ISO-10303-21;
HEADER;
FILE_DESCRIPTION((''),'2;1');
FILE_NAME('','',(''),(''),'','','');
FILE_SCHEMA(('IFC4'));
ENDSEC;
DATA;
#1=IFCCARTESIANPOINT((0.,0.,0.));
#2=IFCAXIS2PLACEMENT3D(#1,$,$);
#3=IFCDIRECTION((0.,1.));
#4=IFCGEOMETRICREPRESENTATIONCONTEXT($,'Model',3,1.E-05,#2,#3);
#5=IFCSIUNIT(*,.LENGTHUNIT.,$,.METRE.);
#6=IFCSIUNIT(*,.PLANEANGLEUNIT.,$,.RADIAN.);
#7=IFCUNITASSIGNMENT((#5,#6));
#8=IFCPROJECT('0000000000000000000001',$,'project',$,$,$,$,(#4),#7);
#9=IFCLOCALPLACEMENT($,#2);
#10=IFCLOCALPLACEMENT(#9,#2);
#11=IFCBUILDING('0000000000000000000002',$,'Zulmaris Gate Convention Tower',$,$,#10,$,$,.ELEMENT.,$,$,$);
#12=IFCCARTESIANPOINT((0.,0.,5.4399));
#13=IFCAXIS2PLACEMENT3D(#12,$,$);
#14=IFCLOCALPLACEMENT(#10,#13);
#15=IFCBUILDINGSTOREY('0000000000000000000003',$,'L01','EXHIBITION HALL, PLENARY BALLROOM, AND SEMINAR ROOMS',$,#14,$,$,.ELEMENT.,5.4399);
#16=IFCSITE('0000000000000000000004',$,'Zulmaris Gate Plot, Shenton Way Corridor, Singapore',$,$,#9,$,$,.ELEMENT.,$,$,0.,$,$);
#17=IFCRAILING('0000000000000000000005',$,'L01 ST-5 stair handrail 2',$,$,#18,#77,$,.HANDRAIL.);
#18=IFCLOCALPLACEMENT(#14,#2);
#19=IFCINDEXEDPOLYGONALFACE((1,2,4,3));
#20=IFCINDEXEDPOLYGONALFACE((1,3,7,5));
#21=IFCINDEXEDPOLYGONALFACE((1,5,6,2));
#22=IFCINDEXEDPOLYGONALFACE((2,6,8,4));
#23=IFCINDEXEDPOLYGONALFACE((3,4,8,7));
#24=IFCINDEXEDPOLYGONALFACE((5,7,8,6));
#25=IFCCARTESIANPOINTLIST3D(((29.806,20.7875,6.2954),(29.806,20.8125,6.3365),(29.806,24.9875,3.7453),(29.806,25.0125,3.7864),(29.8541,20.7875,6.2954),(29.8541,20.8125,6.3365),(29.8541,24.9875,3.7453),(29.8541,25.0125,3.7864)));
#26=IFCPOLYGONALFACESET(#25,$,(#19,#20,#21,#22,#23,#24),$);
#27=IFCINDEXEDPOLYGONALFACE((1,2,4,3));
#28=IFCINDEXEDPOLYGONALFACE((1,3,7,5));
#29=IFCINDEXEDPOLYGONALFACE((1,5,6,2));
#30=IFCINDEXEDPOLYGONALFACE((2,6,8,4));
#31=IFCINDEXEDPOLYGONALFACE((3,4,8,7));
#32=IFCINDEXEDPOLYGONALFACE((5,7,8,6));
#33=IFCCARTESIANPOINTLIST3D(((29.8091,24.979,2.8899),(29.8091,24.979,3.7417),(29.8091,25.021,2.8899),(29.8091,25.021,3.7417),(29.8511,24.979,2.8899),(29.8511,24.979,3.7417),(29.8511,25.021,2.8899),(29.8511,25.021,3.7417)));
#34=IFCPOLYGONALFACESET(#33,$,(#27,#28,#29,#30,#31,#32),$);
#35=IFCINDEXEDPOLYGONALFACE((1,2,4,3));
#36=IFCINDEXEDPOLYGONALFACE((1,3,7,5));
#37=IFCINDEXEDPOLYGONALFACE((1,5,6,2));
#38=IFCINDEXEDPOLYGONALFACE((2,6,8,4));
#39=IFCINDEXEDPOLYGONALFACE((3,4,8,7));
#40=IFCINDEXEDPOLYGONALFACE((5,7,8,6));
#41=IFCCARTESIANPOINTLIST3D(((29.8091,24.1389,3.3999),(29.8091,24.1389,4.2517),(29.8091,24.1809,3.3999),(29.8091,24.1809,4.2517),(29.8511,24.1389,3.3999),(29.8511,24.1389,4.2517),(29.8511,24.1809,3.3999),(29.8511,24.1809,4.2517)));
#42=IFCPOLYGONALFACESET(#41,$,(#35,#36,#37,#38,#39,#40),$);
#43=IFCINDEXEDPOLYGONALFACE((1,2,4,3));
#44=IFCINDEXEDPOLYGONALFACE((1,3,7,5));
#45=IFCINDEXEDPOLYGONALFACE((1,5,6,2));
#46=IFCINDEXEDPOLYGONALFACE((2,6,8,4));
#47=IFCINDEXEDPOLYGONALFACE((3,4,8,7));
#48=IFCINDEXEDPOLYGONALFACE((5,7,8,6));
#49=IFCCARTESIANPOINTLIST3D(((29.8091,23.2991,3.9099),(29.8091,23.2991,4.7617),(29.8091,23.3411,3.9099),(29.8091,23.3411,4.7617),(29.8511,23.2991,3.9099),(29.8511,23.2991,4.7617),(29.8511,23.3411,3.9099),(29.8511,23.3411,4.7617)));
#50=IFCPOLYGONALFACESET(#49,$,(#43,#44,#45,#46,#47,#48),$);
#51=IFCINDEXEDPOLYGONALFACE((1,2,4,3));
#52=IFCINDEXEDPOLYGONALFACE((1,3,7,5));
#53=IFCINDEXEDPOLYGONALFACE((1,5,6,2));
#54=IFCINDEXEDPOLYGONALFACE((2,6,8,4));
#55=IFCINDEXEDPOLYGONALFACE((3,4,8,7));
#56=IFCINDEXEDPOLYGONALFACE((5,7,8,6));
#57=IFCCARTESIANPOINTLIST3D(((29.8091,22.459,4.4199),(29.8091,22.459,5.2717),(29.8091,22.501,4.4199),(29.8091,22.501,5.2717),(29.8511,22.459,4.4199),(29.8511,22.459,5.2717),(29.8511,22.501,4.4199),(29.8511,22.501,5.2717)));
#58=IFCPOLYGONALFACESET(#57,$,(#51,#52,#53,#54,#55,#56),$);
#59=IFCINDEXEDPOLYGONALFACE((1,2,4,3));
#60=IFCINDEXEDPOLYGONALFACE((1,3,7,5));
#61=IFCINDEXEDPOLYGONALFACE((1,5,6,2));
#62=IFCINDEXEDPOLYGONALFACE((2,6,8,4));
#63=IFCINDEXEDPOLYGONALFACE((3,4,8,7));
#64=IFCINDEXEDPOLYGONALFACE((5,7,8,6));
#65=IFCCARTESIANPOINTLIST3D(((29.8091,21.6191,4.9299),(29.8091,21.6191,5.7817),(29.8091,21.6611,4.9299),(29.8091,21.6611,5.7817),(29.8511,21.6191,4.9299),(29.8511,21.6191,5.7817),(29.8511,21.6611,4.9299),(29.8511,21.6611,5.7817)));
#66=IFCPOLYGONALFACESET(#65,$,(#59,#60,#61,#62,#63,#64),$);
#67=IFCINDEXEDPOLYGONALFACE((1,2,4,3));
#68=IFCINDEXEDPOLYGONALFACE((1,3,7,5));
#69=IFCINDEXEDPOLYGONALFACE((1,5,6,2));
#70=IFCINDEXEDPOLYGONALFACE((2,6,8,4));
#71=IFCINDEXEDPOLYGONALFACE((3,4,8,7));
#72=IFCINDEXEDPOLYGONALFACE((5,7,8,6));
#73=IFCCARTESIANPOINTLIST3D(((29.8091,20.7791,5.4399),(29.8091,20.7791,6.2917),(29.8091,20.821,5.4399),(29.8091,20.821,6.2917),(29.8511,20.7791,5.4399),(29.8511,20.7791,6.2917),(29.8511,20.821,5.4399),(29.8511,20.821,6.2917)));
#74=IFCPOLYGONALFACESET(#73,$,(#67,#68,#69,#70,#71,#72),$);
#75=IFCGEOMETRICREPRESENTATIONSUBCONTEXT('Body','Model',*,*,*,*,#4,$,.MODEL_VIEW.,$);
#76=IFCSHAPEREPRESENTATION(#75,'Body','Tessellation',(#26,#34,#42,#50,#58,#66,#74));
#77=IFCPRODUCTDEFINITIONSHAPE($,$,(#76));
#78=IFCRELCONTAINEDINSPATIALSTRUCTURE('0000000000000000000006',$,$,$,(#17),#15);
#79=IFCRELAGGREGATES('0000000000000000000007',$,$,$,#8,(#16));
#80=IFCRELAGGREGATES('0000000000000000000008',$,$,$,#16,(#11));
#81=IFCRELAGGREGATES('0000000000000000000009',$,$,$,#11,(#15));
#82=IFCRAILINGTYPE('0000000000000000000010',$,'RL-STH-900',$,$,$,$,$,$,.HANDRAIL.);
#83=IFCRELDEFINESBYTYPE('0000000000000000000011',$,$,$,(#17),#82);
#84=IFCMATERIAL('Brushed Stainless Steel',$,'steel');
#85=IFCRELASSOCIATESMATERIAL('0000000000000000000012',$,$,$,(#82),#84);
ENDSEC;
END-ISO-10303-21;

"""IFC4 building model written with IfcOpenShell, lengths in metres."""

from ifc_helpers import new_model, si_unit, direction, frame, origin, origin_2d, place, context, subcontext, project, spatial, rectangle, extrude, material, type_object, element, save


model = new_model("IFC4")

# Units and contexts
model_context = context("Model", 3, precision=1e-05, world=origin(), true_north=direction((0.0, 1.0)))
body_context = subcontext(model_context, "Body", "Model", "MODEL_VIEW")
ifc_project = project(units=[si_unit("LENGTHUNIT", "METRE"), si_unit("PLANEANGLEUNIT", "RADIAN")], contexts=[model_context])

# Site, building, storey
site_placement = place(None, origin())
site = spatial("IfcSite", under=ifc_project, at=site_placement, Name="Zulmaris Gate Plot, Shenton Way Corridor, Singapore", CompositionType="ELEMENT", RefElevation=0.0)
building_placement = place(site_placement, origin())
building = spatial("IfcBuilding", under=site, at=building_placement, Name="Zulmaris Gate Convention Tower", CompositionType="ELEMENT")
storey_placement = place(building_placement, frame((0.0, 0.0, 5.4399)))
storey = spatial("IfcBuildingStorey", under=building, at=storey_placement, Name="L01", Description="EXHIBITION HALL, PLENARY BALLROOM, AND SEMINAR ROOMS", CompositionType="ELEMENT", Elevation=5.4399)

# Railing
ifc_material_1 = material(Name="Brushed Stainless Steel", Category="steel")
railing_type_1 = type_object("IfcRailingType", Name="RL-STH-900", PredefinedType="HANDRAIL", material=ifc_material_1)
railing_1_placement = place(storey_placement, frame((29.8301, 25.0, 2.8899)))
element("IfcRailing", 1, at=railing_1_placement, inside=storey, type_object=railing_type_1, Name="L01 ST-5 stair handrail 2", PredefinedType="HANDRAIL", context=body_context, shape_type="SweptSolid", body=[
    extrude(rectangle(XDim=0.0481, YDim=0.0481, at=origin_2d()), frame((0.0, 0.0, 0.876), z_axis=(0.0, -0.85478, 0.51899), x_axis=(1.0, 0.0, 0.0)), (0.0, 0.0, 1.0), 4.9136),
    extrude(rectangle(XDim=0.042, YDim=0.042, at=origin_2d()), origin(), (0.0, 0.0, 1.0), 0.8518),
    extrude(rectangle(XDim=0.042, YDim=0.042, at=origin_2d()), frame((0.0, -0.8401, 0.51)), (0.0, 0.0, 1.0), 0.8518),
    extrude(rectangle(XDim=0.042, YDim=0.042, at=origin_2d()), frame((0.0, -1.6799, 1.02)), (0.0, 0.0, 1.0), 0.8518),
    extrude(rectangle(XDim=0.042, YDim=0.042, at=origin_2d()), frame((0.0, -2.52, 1.53)), (0.0, 0.0, 1.0), 0.8518),
    extrude(rectangle(XDim=0.042, YDim=0.042, at=origin_2d()), frame((0.0, -3.3599, 2.04)), (0.0, 0.0, 1.0), 0.8518),
    extrude(rectangle(XDim=0.042, YDim=0.042, at=origin_2d()), frame((0.0, -4.2, 2.55)), (0.0, 0.0, 1.0), 0.8518),
])

save(model, "model.ifc")
